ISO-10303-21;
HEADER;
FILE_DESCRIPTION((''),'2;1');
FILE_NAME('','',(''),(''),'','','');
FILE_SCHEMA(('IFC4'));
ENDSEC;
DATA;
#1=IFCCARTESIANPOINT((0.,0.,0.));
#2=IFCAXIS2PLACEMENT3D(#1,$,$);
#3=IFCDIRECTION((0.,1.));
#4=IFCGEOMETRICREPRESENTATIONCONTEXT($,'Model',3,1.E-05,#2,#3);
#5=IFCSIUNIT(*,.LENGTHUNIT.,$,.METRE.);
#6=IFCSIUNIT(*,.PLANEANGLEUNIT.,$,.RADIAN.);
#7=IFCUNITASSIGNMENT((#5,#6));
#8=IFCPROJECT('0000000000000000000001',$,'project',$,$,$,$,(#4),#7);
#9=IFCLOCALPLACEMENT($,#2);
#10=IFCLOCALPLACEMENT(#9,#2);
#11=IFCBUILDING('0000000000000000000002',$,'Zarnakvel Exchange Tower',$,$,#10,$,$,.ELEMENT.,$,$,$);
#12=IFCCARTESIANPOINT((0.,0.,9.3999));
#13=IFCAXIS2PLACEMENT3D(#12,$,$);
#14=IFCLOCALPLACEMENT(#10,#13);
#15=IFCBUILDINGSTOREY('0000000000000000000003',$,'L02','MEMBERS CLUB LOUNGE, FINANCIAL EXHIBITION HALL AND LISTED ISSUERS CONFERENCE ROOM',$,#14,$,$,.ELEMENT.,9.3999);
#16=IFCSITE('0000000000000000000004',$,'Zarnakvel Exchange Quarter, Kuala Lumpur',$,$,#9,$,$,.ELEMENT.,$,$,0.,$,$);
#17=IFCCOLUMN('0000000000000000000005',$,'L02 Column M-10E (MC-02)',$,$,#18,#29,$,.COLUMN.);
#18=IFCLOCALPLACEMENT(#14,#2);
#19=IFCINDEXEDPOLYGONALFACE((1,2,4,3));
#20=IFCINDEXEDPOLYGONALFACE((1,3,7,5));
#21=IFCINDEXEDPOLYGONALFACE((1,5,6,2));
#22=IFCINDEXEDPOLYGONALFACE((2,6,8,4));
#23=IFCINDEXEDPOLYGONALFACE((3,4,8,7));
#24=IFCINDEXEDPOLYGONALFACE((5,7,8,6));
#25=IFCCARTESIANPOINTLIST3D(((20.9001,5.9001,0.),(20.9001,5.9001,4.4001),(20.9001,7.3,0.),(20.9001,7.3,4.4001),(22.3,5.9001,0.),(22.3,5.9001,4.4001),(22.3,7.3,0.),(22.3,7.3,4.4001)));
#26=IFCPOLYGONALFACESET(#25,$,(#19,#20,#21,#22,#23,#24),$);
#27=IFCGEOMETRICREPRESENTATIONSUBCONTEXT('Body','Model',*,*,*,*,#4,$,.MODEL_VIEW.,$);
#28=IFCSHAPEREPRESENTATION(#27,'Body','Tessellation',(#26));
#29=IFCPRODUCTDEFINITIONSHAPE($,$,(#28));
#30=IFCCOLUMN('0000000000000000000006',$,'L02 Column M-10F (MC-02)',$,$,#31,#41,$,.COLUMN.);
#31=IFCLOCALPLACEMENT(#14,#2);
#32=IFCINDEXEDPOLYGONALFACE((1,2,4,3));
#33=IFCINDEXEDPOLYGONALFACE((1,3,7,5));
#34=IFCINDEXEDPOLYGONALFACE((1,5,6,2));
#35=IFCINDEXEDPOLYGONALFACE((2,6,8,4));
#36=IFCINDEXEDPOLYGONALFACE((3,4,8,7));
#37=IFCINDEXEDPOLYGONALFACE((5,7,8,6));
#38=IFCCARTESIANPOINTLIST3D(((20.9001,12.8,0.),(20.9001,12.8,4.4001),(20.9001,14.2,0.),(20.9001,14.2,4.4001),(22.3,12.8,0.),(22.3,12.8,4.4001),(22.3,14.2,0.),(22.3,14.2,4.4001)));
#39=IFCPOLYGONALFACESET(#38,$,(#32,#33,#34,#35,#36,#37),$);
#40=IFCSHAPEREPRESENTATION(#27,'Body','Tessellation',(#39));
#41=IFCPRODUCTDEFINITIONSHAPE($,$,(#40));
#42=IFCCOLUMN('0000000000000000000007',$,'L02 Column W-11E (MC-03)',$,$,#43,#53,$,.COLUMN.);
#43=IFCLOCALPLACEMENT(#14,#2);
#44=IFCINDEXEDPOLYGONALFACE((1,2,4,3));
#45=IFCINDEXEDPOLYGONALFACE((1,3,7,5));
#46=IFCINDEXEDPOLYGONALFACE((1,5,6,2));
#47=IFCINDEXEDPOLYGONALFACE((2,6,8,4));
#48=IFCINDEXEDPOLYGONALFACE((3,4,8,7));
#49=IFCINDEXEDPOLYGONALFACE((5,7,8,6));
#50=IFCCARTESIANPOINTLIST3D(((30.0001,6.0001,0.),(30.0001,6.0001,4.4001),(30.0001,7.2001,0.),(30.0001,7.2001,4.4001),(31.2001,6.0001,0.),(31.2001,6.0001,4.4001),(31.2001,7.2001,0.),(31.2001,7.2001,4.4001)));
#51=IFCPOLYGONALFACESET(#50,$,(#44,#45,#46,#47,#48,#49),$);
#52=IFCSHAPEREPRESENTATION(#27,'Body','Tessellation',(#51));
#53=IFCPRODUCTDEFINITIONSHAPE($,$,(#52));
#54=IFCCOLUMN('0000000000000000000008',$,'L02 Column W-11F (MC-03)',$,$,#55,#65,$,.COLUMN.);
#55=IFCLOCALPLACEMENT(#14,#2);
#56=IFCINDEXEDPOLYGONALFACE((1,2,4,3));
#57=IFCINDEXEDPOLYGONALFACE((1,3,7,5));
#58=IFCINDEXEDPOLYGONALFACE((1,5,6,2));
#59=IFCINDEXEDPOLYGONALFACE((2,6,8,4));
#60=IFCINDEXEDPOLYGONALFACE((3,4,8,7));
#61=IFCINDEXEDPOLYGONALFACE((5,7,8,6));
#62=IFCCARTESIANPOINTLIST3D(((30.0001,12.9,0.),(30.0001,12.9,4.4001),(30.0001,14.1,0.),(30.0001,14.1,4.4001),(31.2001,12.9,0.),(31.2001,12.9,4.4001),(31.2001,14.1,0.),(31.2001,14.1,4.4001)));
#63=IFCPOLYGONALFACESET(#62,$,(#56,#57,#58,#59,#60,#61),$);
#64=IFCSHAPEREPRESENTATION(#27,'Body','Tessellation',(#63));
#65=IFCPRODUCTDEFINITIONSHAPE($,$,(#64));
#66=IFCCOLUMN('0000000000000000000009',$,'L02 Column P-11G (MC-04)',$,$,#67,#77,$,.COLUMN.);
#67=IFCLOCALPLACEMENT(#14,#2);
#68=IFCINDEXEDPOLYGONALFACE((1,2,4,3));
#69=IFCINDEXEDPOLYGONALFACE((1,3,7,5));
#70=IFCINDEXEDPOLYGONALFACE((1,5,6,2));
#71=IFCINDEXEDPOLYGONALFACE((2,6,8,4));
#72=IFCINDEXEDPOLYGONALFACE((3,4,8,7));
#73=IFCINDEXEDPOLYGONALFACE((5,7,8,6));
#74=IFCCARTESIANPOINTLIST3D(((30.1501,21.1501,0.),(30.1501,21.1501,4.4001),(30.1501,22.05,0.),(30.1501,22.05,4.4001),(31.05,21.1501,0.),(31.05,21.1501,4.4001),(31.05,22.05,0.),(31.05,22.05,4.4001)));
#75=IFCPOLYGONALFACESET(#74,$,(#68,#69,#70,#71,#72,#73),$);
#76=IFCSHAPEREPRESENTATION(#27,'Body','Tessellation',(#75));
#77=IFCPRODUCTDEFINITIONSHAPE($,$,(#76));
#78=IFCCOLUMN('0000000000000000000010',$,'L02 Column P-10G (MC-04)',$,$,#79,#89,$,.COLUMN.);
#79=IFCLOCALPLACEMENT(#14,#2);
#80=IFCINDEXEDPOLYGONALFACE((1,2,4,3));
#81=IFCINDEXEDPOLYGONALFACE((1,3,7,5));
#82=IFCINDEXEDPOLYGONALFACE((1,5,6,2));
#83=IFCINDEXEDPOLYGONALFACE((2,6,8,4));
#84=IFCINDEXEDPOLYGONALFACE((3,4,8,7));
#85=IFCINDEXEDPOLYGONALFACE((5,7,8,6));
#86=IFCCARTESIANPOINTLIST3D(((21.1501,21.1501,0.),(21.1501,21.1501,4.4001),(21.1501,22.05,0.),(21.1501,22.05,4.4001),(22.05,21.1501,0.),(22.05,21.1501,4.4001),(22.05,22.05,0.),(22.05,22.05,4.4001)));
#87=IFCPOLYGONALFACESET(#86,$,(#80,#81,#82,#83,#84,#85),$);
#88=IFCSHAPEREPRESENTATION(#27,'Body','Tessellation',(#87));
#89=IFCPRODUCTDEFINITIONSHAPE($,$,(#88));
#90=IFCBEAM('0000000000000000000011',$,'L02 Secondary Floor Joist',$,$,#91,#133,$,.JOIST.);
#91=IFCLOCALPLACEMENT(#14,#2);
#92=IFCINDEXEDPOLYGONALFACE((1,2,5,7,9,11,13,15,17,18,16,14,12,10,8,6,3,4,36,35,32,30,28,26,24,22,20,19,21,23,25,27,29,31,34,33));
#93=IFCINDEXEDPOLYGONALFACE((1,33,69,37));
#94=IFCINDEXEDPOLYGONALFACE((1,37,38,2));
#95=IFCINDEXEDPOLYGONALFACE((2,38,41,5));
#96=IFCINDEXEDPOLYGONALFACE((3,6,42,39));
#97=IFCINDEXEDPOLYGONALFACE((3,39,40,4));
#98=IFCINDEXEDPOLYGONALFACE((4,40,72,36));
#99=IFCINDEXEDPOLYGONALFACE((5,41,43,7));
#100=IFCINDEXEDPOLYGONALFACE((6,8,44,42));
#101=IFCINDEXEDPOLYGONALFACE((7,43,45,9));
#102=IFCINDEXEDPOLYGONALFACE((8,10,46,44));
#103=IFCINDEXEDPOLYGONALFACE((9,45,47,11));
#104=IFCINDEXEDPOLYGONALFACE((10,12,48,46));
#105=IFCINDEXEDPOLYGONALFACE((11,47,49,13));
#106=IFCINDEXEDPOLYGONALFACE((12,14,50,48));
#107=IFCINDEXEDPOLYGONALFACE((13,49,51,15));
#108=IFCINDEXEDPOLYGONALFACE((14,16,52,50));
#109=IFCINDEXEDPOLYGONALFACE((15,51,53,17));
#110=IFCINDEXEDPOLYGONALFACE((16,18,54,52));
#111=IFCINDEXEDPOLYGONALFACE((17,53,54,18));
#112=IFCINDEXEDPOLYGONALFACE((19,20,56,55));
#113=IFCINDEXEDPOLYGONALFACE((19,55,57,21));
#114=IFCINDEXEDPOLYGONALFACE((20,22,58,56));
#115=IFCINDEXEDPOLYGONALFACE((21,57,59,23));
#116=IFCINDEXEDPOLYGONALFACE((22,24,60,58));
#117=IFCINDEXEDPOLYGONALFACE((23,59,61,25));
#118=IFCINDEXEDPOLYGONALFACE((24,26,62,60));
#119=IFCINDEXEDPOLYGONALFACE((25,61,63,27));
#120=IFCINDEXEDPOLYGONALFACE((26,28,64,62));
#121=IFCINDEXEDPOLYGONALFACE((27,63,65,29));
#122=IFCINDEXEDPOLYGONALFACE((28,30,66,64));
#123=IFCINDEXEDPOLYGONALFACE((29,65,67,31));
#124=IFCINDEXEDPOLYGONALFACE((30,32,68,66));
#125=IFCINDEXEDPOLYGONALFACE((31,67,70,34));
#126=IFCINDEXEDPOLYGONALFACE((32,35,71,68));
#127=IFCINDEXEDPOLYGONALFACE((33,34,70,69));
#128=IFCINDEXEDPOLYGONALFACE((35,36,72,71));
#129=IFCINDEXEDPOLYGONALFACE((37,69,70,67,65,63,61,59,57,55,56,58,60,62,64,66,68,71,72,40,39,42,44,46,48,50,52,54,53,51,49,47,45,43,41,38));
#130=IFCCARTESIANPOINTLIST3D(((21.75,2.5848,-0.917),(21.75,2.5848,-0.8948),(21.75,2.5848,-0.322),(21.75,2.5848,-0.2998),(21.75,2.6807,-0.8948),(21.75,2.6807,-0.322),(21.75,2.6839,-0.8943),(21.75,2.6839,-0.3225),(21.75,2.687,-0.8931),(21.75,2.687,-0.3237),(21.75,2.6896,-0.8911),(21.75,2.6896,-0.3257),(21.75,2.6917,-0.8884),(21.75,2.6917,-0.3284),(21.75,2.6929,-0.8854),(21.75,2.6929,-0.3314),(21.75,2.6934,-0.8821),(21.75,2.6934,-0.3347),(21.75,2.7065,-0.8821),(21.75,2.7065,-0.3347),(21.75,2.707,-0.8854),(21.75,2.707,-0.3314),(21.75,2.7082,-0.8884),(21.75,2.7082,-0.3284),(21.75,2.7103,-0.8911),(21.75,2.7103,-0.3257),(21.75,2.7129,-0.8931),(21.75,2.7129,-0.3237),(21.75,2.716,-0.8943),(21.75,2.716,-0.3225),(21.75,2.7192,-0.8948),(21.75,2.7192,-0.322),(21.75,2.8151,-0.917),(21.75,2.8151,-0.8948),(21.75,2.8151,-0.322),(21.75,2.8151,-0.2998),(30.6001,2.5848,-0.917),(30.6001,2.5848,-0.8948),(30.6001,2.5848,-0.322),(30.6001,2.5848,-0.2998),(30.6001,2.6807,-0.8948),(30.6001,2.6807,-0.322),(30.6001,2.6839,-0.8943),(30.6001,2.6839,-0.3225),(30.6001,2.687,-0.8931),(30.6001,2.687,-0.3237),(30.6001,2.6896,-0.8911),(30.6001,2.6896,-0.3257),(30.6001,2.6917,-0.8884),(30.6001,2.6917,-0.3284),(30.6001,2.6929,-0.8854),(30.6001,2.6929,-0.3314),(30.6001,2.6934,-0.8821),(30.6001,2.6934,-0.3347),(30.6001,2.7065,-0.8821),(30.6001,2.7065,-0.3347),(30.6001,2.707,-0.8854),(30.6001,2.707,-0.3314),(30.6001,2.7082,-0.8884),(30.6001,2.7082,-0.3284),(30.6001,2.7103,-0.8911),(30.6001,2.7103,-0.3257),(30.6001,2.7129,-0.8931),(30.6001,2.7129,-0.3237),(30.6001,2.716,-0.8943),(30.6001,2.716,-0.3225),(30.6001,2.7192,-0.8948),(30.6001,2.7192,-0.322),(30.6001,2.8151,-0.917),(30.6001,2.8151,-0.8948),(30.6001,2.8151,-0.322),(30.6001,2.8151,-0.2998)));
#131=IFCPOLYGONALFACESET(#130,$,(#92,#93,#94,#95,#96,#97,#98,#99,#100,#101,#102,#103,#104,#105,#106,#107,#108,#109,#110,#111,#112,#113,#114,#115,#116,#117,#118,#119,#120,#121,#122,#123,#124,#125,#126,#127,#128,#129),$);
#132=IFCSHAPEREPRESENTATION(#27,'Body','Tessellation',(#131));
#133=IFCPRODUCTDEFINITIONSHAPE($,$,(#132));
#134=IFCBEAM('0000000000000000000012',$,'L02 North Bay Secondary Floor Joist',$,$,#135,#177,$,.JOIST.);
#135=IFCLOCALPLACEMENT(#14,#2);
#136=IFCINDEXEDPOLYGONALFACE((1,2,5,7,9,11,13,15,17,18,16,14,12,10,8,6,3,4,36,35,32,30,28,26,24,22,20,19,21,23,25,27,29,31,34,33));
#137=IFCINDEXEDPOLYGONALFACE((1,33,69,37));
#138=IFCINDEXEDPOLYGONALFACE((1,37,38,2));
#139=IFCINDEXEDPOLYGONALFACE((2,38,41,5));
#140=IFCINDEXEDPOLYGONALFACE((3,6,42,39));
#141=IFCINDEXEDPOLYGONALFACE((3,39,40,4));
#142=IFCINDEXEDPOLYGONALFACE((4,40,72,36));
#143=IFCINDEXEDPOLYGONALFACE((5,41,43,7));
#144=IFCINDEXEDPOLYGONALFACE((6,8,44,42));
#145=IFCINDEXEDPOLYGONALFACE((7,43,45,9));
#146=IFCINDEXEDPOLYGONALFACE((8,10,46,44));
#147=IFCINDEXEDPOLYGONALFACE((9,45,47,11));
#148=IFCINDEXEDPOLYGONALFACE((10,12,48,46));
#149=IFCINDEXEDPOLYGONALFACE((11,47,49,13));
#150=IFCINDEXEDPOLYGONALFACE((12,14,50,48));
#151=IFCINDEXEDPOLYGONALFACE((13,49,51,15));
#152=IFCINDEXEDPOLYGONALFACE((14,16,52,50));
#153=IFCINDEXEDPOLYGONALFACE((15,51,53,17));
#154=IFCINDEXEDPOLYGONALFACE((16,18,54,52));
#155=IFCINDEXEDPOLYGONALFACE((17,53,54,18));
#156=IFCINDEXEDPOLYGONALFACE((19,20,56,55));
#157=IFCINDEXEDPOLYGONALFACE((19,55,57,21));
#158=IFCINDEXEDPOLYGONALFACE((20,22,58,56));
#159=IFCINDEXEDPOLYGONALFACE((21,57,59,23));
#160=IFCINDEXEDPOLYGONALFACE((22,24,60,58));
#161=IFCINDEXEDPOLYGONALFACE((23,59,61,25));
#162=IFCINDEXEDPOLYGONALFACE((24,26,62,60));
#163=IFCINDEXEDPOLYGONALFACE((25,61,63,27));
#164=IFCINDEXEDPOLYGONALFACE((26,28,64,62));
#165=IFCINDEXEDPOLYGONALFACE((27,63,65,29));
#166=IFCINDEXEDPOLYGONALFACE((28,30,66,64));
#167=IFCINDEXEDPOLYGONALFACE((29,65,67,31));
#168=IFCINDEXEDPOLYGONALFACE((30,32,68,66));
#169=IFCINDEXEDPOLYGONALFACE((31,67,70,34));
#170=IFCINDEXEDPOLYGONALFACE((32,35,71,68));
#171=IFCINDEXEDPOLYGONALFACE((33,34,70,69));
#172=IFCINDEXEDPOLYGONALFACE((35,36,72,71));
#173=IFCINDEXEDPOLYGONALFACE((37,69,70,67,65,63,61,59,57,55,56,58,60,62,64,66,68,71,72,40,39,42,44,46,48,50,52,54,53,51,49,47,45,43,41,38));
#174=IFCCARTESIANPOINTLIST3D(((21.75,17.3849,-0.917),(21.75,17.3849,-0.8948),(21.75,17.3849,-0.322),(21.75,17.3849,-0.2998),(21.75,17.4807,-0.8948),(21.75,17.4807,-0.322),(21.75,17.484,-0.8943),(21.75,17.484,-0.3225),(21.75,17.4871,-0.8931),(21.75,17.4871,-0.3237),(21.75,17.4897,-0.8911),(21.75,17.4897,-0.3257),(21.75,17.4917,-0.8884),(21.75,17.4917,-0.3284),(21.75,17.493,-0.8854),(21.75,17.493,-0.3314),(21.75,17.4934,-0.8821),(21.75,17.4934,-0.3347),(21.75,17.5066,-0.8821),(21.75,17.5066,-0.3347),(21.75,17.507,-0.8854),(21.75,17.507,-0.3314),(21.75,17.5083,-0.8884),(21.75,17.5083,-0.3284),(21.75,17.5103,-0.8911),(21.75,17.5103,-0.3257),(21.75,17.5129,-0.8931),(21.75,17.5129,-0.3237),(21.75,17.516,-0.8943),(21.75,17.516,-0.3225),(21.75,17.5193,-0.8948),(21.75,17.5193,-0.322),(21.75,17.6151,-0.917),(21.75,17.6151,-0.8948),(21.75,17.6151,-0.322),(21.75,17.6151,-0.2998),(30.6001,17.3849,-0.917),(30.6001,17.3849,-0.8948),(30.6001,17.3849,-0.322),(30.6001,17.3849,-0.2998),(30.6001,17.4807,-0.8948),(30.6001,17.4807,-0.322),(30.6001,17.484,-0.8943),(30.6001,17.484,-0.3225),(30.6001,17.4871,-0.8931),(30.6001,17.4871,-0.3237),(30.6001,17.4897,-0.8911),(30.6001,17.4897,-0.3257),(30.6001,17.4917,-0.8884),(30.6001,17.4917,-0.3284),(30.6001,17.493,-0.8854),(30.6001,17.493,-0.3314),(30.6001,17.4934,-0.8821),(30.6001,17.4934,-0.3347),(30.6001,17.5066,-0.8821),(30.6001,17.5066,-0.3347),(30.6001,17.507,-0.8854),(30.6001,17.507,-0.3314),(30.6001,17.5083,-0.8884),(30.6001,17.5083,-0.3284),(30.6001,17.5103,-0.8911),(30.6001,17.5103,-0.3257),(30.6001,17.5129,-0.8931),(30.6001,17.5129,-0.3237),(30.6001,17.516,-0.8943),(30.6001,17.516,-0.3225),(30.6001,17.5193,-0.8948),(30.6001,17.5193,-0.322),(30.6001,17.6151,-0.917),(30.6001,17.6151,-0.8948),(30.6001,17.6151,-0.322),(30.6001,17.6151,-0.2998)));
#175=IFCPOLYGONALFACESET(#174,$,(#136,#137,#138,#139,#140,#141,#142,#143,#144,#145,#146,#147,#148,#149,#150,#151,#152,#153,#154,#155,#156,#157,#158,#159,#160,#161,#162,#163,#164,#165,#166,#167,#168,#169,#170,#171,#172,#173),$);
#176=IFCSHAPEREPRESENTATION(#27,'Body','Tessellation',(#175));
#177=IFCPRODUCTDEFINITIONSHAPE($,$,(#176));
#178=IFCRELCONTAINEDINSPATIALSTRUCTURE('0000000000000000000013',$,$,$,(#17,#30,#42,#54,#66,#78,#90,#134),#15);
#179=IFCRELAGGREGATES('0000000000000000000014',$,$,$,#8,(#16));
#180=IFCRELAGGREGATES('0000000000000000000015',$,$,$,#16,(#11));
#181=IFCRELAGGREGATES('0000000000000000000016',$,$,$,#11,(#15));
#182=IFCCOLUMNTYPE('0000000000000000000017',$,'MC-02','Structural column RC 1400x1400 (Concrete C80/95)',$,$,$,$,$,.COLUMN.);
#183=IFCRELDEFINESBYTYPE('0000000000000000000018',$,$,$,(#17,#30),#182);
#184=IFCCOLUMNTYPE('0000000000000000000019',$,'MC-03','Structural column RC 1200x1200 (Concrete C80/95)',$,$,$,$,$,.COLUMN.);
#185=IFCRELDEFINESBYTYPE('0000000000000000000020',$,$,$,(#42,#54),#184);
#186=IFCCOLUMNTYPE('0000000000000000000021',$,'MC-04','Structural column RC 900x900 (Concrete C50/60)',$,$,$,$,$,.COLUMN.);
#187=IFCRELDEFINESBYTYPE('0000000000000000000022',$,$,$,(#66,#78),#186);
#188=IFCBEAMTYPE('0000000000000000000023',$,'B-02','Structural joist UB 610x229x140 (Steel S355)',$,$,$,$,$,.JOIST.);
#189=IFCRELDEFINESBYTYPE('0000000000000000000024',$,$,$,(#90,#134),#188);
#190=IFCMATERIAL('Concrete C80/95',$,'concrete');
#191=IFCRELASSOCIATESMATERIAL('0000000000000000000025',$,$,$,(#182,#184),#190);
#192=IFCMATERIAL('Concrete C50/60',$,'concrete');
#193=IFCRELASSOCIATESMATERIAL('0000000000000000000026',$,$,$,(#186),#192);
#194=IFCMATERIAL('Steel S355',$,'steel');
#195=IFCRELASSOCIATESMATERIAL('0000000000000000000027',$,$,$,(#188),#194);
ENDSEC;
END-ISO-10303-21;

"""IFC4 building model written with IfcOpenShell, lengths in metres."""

from ifc_helpers import new_model, si_unit, direction, frame, origin, origin_2d, place, context, subcontext, project, spatial, rectangle, i_section, extrude, material, material_profile, profile_set, type_object, element, save


model = new_model("IFC4")

# Units and contexts
model_context = context("Model", 3, precision=1e-05, world=origin(), true_north=direction((0.0, 1.0)))
body_context = subcontext(model_context, "Body", "Model", "MODEL_VIEW")
ifc_project = project(units=[si_unit("LENGTHUNIT", "METRE"), si_unit("PLANEANGLEUNIT", "RADIAN")], contexts=[model_context])

# Site, building, storey
site_placement = place(None, origin())
site = spatial("IfcSite", under=ifc_project, at=site_placement, Name="Zarnakvel Exchange Quarter, Kuala Lumpur", CompositionType="ELEMENT", RefElevation=0.0)
building_placement = place(site_placement, origin())
building = spatial("IfcBuilding", under=site, at=building_placement, Name="Zarnakvel Exchange Tower", CompositionType="ELEMENT")
storey_placement = place(building_placement, frame((0.0, 0.0, 9.3999)))
storey = spatial("IfcBuildingStorey", under=building, at=storey_placement, Name="L02", Description="MEMBERS CLUB LOUNGE, FINANCIAL EXHIBITION HALL AND LISTED ISSUERS CONFERENCE ROOM", CompositionType="ELEMENT", Elevation=9.3999)

# Columns
ifc_material_1 = material(Name="Concrete C80/95", Category="concrete")
ifc_material_profile_1 = material_profile(ifc_material_1, rectangle(XDim=1.3999, YDim=1.3999, at=origin_2d()))
ifc_profile_set_1 = profile_set([ifc_material_profile_1], Name="Concrete C80/95")
column_type_1 = type_object("IfcColumnType", Name="MC-02", Description="Structural column RC 1400x1400 (Concrete C80/95)", PredefinedType="COLUMN", material=ifc_profile_set_1)
for number, where, z_axis, x_axis, name in (
    (1, (21.6001, 6.6001, 0.0), (0.0, 0.0, 1.0), (1.0, 0.0, 0.0), "L02 Column M-10E (MC-02)"),
    (2, (21.6001, 13.5, 0.0), (0.0, 0.0, 1.0), (1.0, 0.0, 0.0), "L02 Column M-10F (MC-02)"),
):
    element("IfcColumn", number, at=place(storey_placement, frame(where, z_axis=z_axis, x_axis=x_axis)), inside=storey, type_object=column_type_1, Name=name, PredefinedType="COLUMN", context=body_context, shape_type="SweptSolid", body=[
        extrude(rectangle(XDim=1.3999, YDim=1.3999, at=origin_2d()), origin(), (0.0, 0.0, 1.0), 4.4001),
    ])
ifc_material_profile_2 = material_profile(ifc_material_1, rectangle(XDim=1.2, YDim=1.2, at=origin_2d()))
ifc_profile_set_2 = profile_set([ifc_material_profile_2], Name="Concrete C80/95")
column_type_2 = type_object("IfcColumnType", Name="MC-03", Description="Structural column RC 1200x1200 (Concrete C80/95)", PredefinedType="COLUMN", material=ifc_profile_set_2)
for number, where, z_axis, x_axis, name in (
    (3, (30.6001, 6.6001, 0.0), (0.0, 0.0, 1.0), (1.0, 0.0, 0.0), "L02 Column W-11E (MC-03)"),
    (4, (30.6001, 13.5, 0.0), (0.0, 0.0, 1.0), (1.0, 0.0, 0.0), "L02 Column W-11F (MC-03)"),
):
    element("IfcColumn", number, at=place(storey_placement, frame(where, z_axis=z_axis, x_axis=x_axis)), inside=storey, type_object=column_type_2, Name=name, PredefinedType="COLUMN", context=body_context, shape_type="SweptSolid", body=[
        extrude(rectangle(XDim=1.2, YDim=1.2, at=origin_2d()), origin(), (0.0, 0.0, 1.0), 4.4001),
    ])
ifc_material_2 = material(Name="Concrete C50/60", Category="concrete")
ifc_material_profile_3 = material_profile(ifc_material_2, rectangle(XDim=0.8999, YDim=0.8999, at=origin_2d()))
ifc_profile_set_3 = profile_set([ifc_material_profile_3], Name="Concrete C50/60")
column_type_3 = type_object("IfcColumnType", Name="MC-04", Description="Structural column RC 900x900 (Concrete C50/60)", PredefinedType="COLUMN", material=ifc_profile_set_3)
for number, where, z_axis, x_axis, name in (
    (5, (30.6001, 21.6001, 0.0), (0.0, 0.0, 1.0), (1.0, 0.0, 0.0), "L02 Column P-11G (MC-04)"),
    (6, (21.6001, 21.6001, 0.0), (0.0, 0.0, 1.0), (1.0, 0.0, 0.0), "L02 Column P-10G (MC-04)"),
):
    element("IfcColumn", number, at=place(storey_placement, frame(where, z_axis=z_axis, x_axis=x_axis)), inside=storey, type_object=column_type_3, Name=name, PredefinedType="COLUMN", context=body_context, shape_type="SweptSolid", body=[
        extrude(rectangle(XDim=0.8999, YDim=0.8999, at=origin_2d()), origin(), (0.0, 0.0, 1.0), 4.4001),
    ])

# Beams
ifc_material_3 = material(Name="Steel S355", Category="steel")
ifc_material_profile_4 = material_profile(ifc_material_3, i_section(OverallWidth=0.2302, OverallDepth=0.6172, WebThickness=0.0132, FlangeThickness=0.0222, FilletRadius=0.0127, at=origin_2d()))
ifc_profile_set_4 = profile_set([ifc_material_profile_4], Name="Steel S355")
beam_type_1 = type_object("IfcBeamType", Name="B-02", Description="Structural joist UB 610x229x140 (Steel S355)", PredefinedType="JOIST", material=ifc_profile_set_4)
for number, where, z_axis, x_axis, name in (
    (7, (21.75, 2.7, -0.6084), (1.0, 0.0, 0.0), (0.0, 1.0, 0.0), "L02 Secondary Floor Joist"),
    (8, (21.75, 17.5, -0.6084), (1.0, 0.0, 0.0), (0.0, 1.0, 0.0), "L02 North Bay Secondary Floor Joist"),
):
    element("IfcBeam", number, at=place(storey_placement, frame(where, z_axis=z_axis, x_axis=x_axis)), inside=storey, type_object=beam_type_1, Name=name, PredefinedType="JOIST", context=body_context, shape_type="SweptSolid", body=[
        extrude(i_section(OverallWidth=0.2302, OverallDepth=0.6172, WebThickness=0.0132, FlangeThickness=0.0222, FilletRadius=0.0127, at=origin_2d()), origin(), (0.0, 0.0, 1.0), 8.8501),
    ])

save(model, "model.ifc")
